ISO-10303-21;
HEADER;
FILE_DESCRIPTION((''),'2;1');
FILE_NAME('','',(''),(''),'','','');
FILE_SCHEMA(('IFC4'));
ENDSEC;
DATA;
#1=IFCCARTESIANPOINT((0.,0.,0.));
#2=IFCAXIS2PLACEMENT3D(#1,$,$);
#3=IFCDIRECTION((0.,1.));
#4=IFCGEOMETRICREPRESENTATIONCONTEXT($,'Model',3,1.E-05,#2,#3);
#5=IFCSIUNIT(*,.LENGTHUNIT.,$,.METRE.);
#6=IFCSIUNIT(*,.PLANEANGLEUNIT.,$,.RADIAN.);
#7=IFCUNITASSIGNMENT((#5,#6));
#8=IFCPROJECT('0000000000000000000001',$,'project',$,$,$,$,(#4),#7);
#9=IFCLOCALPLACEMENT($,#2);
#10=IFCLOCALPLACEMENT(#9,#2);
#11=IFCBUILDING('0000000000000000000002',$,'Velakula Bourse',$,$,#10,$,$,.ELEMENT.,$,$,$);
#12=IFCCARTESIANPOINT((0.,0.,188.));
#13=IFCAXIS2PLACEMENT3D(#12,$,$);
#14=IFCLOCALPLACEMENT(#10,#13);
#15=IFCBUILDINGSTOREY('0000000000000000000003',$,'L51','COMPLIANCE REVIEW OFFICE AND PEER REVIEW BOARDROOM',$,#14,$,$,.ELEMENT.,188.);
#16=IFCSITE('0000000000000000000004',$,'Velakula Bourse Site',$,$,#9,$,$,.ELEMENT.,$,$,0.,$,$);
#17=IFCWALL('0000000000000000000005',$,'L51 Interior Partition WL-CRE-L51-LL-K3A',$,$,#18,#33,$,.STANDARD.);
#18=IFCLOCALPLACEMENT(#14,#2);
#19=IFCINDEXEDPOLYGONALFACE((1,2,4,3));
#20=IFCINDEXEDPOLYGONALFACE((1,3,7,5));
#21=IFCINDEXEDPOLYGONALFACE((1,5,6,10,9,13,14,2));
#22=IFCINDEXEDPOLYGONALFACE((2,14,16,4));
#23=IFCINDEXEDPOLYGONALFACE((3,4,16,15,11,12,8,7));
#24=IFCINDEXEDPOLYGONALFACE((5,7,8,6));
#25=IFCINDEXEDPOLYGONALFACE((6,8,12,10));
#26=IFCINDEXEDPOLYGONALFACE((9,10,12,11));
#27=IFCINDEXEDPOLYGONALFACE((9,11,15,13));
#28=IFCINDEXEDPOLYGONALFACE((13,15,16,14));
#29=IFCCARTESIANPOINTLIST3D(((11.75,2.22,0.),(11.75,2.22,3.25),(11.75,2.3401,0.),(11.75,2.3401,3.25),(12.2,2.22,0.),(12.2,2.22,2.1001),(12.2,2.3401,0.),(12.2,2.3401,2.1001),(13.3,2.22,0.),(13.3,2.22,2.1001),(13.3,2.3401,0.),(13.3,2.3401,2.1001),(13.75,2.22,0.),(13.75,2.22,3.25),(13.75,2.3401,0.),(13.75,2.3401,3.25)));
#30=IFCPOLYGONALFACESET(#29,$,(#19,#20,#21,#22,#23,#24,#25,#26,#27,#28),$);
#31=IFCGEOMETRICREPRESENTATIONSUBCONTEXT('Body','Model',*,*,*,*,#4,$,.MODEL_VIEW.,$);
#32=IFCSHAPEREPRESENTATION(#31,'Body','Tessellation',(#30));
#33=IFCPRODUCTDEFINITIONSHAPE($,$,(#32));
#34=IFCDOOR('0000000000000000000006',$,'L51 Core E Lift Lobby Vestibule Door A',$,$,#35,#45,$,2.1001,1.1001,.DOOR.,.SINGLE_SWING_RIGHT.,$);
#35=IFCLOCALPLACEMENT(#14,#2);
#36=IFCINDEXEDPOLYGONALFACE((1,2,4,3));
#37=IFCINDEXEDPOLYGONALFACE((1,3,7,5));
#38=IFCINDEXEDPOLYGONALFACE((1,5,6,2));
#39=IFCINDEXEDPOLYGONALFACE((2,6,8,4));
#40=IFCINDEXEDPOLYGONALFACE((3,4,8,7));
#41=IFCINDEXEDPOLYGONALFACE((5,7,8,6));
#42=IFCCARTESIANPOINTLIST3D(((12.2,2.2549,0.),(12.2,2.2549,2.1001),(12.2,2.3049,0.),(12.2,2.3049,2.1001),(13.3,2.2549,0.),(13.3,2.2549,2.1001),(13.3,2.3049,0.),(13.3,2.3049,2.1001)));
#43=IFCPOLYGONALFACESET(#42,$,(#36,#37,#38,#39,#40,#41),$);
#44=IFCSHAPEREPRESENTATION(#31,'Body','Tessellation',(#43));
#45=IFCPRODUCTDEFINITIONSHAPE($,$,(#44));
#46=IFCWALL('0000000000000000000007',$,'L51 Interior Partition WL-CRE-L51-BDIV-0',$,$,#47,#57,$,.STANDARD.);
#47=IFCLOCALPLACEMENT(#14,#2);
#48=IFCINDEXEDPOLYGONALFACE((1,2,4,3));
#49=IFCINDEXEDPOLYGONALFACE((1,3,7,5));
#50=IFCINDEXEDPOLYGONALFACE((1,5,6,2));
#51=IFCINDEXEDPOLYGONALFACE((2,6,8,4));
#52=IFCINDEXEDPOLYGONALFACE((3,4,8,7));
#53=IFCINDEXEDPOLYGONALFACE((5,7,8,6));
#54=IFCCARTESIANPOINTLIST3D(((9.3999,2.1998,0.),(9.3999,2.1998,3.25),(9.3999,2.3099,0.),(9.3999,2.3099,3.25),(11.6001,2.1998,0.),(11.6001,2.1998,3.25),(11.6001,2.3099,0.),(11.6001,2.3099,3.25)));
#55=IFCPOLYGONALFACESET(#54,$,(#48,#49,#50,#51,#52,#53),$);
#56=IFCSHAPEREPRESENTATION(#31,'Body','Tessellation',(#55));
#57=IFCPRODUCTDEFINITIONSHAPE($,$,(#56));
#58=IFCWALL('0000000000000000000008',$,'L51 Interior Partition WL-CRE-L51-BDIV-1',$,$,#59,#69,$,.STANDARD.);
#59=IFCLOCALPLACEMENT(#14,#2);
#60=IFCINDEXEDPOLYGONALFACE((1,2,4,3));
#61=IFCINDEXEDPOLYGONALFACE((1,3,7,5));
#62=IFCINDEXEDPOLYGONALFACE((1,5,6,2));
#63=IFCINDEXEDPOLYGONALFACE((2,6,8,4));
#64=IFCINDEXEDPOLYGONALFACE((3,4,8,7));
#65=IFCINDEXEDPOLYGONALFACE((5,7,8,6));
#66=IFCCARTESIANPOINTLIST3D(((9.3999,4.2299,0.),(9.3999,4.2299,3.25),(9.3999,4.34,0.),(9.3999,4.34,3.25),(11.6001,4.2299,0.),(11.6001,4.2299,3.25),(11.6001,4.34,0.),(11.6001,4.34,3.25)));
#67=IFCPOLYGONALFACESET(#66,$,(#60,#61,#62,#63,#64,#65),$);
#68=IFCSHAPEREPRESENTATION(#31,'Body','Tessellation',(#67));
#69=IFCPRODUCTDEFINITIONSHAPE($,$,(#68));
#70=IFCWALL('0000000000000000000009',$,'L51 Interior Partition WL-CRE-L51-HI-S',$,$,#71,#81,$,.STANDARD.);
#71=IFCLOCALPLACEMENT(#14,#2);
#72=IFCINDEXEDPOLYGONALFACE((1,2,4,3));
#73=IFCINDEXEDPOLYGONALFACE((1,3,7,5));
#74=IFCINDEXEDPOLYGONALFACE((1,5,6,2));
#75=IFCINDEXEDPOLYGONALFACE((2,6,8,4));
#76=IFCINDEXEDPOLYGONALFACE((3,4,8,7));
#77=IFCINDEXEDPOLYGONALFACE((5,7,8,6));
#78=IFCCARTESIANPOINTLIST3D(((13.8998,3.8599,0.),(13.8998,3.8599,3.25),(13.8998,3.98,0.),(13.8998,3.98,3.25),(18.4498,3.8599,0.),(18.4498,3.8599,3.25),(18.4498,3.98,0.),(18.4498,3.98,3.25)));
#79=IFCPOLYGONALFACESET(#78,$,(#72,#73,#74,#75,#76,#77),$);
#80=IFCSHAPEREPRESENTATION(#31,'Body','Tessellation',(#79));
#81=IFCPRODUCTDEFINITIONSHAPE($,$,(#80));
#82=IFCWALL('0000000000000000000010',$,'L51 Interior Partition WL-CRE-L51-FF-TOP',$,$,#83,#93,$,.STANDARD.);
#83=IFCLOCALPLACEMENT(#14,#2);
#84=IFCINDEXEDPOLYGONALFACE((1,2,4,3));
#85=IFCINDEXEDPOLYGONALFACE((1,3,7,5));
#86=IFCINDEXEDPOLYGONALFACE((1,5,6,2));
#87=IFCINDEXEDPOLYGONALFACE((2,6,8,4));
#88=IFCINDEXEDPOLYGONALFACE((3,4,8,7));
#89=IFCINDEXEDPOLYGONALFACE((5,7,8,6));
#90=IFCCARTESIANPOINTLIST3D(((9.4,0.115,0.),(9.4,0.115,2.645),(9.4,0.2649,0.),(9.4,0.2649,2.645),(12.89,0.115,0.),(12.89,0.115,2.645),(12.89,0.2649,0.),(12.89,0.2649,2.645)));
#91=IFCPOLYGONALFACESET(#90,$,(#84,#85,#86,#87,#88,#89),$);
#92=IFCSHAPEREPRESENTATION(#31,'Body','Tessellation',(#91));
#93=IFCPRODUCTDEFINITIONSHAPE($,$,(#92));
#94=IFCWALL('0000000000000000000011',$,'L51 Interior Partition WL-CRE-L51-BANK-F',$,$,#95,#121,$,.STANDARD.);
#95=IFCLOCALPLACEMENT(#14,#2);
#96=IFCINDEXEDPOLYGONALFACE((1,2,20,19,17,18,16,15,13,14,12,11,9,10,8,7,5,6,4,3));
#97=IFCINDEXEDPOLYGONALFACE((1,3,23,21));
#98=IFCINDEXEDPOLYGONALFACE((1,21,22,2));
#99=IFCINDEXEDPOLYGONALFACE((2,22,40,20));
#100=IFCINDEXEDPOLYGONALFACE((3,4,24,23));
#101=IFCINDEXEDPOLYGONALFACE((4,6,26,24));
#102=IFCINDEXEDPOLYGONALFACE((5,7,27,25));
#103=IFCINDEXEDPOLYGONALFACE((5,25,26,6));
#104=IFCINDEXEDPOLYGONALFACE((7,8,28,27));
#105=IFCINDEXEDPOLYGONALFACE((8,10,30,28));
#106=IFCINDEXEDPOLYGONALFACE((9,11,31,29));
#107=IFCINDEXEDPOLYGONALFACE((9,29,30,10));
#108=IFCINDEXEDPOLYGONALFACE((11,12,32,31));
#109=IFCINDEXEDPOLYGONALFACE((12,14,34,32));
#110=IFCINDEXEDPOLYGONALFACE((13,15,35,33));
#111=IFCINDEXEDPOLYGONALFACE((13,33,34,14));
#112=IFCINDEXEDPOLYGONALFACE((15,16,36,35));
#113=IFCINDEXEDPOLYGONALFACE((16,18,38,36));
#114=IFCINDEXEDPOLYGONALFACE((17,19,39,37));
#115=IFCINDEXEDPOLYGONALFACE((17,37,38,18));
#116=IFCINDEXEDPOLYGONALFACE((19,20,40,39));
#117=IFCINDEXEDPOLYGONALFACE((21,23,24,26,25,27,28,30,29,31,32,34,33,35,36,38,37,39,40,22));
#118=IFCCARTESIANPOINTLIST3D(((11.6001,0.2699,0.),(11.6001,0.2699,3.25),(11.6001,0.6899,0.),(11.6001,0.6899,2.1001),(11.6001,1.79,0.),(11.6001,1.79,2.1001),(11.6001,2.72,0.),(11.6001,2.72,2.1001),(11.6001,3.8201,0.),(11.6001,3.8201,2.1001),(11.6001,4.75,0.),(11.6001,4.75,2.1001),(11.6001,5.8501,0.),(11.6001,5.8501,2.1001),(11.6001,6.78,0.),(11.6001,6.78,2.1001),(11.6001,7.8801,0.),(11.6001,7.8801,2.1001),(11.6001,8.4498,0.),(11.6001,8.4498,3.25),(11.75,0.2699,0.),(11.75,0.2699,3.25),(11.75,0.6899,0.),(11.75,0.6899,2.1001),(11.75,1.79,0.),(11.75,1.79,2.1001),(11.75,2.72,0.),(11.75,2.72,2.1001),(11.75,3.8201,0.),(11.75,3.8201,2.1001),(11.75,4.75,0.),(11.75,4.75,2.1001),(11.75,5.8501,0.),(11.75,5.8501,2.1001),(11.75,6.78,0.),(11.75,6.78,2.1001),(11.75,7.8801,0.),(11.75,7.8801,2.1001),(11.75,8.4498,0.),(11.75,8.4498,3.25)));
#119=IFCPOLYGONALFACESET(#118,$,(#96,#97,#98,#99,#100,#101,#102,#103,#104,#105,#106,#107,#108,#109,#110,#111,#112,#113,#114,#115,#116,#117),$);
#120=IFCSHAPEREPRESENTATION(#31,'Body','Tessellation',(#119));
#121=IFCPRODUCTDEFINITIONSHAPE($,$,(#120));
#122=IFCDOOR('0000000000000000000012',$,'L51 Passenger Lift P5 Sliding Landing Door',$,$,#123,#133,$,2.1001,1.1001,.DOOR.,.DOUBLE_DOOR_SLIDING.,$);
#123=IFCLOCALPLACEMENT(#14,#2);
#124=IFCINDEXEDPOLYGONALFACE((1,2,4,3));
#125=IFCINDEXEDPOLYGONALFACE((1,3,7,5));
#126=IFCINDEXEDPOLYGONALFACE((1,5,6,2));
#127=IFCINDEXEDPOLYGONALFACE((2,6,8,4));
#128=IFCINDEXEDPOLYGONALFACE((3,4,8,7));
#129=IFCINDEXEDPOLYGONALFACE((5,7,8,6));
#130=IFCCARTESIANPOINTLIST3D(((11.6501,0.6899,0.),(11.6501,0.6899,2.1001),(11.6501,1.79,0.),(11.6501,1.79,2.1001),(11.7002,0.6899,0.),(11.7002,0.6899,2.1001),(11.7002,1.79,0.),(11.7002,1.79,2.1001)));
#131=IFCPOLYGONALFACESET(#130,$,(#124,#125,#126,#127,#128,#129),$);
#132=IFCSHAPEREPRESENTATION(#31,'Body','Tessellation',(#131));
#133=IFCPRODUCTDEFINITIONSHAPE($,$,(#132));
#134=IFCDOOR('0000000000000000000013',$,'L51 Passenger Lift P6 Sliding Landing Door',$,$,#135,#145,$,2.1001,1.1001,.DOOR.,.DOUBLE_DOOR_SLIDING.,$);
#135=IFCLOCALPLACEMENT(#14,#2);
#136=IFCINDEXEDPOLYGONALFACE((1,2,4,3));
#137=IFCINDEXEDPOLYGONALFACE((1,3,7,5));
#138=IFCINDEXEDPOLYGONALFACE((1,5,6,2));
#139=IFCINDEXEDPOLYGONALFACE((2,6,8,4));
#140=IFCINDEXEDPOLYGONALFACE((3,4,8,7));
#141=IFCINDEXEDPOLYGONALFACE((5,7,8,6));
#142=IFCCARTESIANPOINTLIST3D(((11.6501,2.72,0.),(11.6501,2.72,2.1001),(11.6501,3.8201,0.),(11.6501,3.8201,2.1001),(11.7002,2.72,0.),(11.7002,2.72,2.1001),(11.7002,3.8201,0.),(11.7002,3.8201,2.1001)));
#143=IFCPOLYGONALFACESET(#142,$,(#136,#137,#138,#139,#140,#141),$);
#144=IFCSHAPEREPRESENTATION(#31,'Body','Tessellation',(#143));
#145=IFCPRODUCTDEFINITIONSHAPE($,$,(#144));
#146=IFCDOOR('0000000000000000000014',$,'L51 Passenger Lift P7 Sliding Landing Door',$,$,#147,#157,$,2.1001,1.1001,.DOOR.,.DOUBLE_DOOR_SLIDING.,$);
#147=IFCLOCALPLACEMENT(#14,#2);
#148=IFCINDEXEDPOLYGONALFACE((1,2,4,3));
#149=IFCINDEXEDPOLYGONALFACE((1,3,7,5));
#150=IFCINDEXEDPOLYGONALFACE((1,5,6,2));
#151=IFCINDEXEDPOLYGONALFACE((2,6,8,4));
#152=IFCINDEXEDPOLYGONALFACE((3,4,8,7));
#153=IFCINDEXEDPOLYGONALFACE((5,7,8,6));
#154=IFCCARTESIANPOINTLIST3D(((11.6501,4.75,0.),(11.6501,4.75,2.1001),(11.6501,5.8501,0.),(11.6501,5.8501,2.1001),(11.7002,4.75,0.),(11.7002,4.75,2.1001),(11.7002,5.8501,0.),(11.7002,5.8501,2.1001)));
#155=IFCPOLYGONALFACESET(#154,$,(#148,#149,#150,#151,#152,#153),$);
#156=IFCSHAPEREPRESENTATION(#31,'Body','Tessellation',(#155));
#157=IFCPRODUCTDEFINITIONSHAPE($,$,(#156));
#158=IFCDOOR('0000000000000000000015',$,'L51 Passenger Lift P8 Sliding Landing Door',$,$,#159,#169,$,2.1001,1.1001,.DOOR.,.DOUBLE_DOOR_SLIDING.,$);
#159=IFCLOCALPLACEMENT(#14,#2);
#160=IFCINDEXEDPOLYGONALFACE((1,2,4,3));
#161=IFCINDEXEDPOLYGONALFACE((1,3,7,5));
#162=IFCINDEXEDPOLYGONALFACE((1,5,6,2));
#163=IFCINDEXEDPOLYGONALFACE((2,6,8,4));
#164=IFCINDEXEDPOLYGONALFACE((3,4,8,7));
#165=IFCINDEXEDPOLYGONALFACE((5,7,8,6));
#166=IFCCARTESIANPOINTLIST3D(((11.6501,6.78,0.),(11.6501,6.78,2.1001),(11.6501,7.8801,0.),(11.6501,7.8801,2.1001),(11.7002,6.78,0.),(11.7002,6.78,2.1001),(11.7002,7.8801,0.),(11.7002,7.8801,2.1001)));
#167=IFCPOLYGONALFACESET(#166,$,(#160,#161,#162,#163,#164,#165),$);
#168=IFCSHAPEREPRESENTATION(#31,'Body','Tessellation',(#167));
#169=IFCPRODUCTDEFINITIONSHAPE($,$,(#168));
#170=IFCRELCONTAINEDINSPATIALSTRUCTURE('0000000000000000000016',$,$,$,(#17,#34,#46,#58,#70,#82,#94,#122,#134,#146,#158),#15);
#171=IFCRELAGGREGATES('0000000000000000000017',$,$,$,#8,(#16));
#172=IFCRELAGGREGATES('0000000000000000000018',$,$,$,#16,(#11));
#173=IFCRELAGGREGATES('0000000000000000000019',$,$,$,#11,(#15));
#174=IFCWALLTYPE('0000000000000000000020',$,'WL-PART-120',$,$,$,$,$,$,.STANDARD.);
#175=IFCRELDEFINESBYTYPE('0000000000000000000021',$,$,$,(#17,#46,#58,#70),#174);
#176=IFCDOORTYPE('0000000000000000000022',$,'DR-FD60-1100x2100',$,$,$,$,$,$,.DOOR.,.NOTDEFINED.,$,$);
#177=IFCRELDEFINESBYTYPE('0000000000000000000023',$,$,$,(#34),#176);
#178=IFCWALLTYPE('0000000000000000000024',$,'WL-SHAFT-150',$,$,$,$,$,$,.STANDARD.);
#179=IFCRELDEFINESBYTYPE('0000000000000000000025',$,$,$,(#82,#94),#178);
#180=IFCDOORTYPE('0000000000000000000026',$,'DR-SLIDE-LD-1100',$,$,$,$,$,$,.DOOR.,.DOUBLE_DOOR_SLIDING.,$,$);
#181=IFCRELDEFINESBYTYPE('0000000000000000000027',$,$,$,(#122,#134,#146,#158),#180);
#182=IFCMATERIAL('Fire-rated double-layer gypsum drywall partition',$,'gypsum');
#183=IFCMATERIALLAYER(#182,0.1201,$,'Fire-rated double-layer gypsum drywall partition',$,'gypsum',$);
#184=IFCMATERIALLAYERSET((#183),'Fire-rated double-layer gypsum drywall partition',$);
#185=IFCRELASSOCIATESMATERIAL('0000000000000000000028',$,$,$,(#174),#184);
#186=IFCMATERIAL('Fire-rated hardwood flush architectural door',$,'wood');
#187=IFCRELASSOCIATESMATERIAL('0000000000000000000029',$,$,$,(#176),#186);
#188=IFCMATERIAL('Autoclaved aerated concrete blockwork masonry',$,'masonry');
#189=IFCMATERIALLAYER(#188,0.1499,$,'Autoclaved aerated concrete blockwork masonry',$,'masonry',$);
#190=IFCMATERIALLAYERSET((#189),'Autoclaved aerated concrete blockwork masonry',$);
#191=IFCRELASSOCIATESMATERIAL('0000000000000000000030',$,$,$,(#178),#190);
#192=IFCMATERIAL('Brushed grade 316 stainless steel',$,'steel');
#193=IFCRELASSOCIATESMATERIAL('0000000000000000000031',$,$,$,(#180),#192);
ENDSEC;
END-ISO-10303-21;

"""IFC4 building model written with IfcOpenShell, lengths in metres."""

from ifc_helpers import new_model, si_unit, direction, frame, frame_2d, origin, place, context, subcontext, project, spatial, rectangle, extrude, material, layer, layer_set, type_object, element, fill, save


model = new_model("IFC4")

# Units and contexts
model_context = context("Model", 3, precision=1e-05, world=origin(), true_north=direction((0.0, 1.0)))
body_context = subcontext(model_context, "Body", "Model", "MODEL_VIEW")
ifc_project = project(units=[si_unit("LENGTHUNIT", "METRE"), si_unit("PLANEANGLEUNIT", "RADIAN")], contexts=[model_context])

# Site, building, storey
site_placement = place(None, origin())
site = spatial("IfcSite", under=ifc_project, at=site_placement, Name="Velakula Bourse Site", CompositionType="ELEMENT", RefElevation=0.0)
building_placement = place(site_placement, origin())
building = spatial("IfcBuilding", under=site, at=building_placement, Name="Velakula Bourse", CompositionType="ELEMENT")
storey_placement = place(building_placement, frame((0.0, 0.0, 188.0)))
storey = spatial("IfcBuildingStorey", under=building, at=storey_placement, Name="L51", Description="COMPLIANCE REVIEW OFFICE AND PEER REVIEW BOARDROOM", CompositionType="ELEMENT", Elevation=188.0)

# Wall, opening, door
ifc_material_1 = material(Name="Fire-rated double-layer gypsum drywall partition", Category="gypsum")
ifc_layer_1 = layer(ifc_material_1, 0.1201, Name="Fire-rated double-layer gypsum drywall partition", Category="gypsum")
ifc_layer_set_1 = layer_set([ifc_layer_1], Name="Fire-rated double-layer gypsum drywall partition")
wall_type_1 = type_object("IfcWallType", Name="WL-PART-120", PredefinedType="STANDARD", material=ifc_layer_set_1)
wall_1_placement = place(storey_placement, frame((11.75, 2.28, 0.0), z_axis=(0.0, 0.0, 1.0), x_axis=(1.0, 0.0, 0.0)))
wall_1 = element("IfcWall", 1, at=wall_1_placement, inside=storey, type_object=wall_type_1, Name="L51 Interior Partition WL-CRE-L51-LL-K3A", PredefinedType="STANDARD", context=body_context, shape_type="SweptSolid", body=[
    extrude(rectangle(XDim=2.0, YDim=0.1201, at=frame_2d((1.0, 0.0))), origin(), (0.0, 0.0, 1.0), 3.25),
])
opening_1_placement = place(wall_1_placement, frame((0.45, 0.0, 0.0)))
opening_1 = element("IfcOpeningElement", 2, at=opening_1_placement, cuts=wall_1, PredefinedType="OPENING", context=body_context, shape_type="SweptSolid", body=[
    extrude(rectangle(XDim=1.1001, YDim=2.1001, at=frame_2d((0.55, 1.05))), frame((0.0, 0.0701, 0.0), z_axis=(0.0, -1.0, 0.0), x_axis=(1.0, 0.0, 0.0)), (0.0, 0.0, 1.0), 0.1401),
])
ifc_material_2 = material(Name="Fire-rated hardwood flush architectural door", Category="wood")
door_type_1 = type_object("IfcDoorType", Name="DR-FD60-1100x2100", OperationType="NOTDEFINED", PredefinedType="DOOR", material=ifc_material_2)
door_1_placement = place(opening_1_placement, origin())
door_1 = element("IfcDoor", 3, at=door_1_placement, inside=storey, type_object=door_type_1, Name="L51 Core E Lift Lobby Vestibule Door A", OperationType="SINGLE_SWING_RIGHT", OverallHeight=2.1001, OverallWidth=1.1001, PredefinedType="DOOR", context=body_context, shape_type="SweptSolid", body=[
    extrude(rectangle(XDim=1.1001, YDim=2.1001, at=frame_2d((0.55, 1.05))), frame((0.0, 0.0249, 0.0), z_axis=(0.0, -1.0, 0.0), x_axis=(1.0, 0.0, 0.0)), (0.0, 0.0, 1.0), 0.05),
])
fill(opening_1, door_1)

# Walls
for number, where, z_axis, x_axis, name in (
    (4, (9.3999, 2.2549, 0.0), (0.0, 0.0, 1.0), (1.0, 0.0, 0.0), "L51 Interior Partition WL-CRE-L51-BDIV-0"),
    (5, (9.3999, 4.2849, 0.0), (0.0, 0.0, 1.0), (1.0, 0.0, 0.0), "L51 Interior Partition WL-CRE-L51-BDIV-1"),
):
    element("IfcWall", number, at=place(storey_placement, frame(where, z_axis=z_axis, x_axis=x_axis)), inside=storey, type_object=wall_type_1, Name=name, PredefinedType="STANDARD", context=body_context, shape_type="SweptSolid", body=[
        extrude(rectangle(XDim=2.2002, YDim=0.1101, at=frame_2d((1.1001, 0.0))), origin(), (0.0, 0.0, 1.0), 3.25),
    ])
wall_2_placement = place(storey_placement, frame((13.8999, 3.9199, 0.0), z_axis=(0.0, 0.0, 1.0), x_axis=(1.0, 0.0, 0.0)))
element("IfcWall", 6, at=wall_2_placement, inside=storey, type_object=wall_type_1, Name="L51 Interior Partition WL-CRE-L51-HI-S", PredefinedType="STANDARD", context=body_context, shape_type="SweptSolid", body=[
    extrude(rectangle(XDim=4.55, YDim=0.1201, at=frame_2d((2.2749, 0.0))), origin(), (0.0, 0.0, 1.0), 3.25),
])
ifc_material_3 = material(Name="Autoclaved aerated concrete blockwork masonry", Category="masonry")
ifc_layer_2 = layer(ifc_material_3, 0.1499, Name="Autoclaved aerated concrete blockwork masonry", Category="masonry")
ifc_layer_set_2 = layer_set([ifc_layer_2], Name="Autoclaved aerated concrete blockwork masonry")
wall_type_2 = type_object("IfcWallType", Name="WL-SHAFT-150", PredefinedType="STANDARD", material=ifc_layer_set_2)
wall_3_placement = place(storey_placement, frame((9.3999, 0.1899, 0.0), z_axis=(0.0, 0.0, 1.0), x_axis=(1.0, 0.0, 0.0)))
element("IfcWall", 7, at=wall_3_placement, inside=storey, type_object=wall_type_2, Name="L51 Interior Partition WL-CRE-L51-FF-TOP", PredefinedType="STANDARD", context=body_context, shape_type="SweptSolid", body=[
    extrude(rectangle(XDim=3.49, YDim=0.1499, at=frame_2d((1.7451, 0.0))), origin(), (0.0, 0.0, 1.0), 2.645),
])

# Wall, openings, doors
wall_4_placement = place(storey_placement, frame((11.675, 0.27, 0.0), z_axis=(0.0, 0.0, 1.0), x_axis=(0.0, 1.0, 0.0)))
wall_4 = element("IfcWall", 8, at=wall_4_placement, inside=storey, type_object=wall_type_2, Name="L51 Interior Partition WL-CRE-L51-BANK-F", PredefinedType="STANDARD", context=body_context, shape_type="SweptSolid", body=[
    extrude(rectangle(XDim=8.1799, YDim=0.1499, at=frame_2d((4.0898, 0.0))), origin(), (0.0, 0.0, 1.0), 3.25),
])
opening_2_placement = place(wall_4_placement, frame((0.4199, 0.0, 0.0)))
opening_2 = element("IfcOpeningElement", 9, at=opening_2_placement, cuts=wall_4, PredefinedType="OPENING", context=body_context, shape_type="SweptSolid", body=[
    extrude(rectangle(XDim=1.1001, YDim=2.1001, at=frame_2d((0.55, 1.05))), frame((0.0, 0.085, 0.0), z_axis=(0.0, -1.0, 0.0), x_axis=(1.0, 0.0, 0.0)), (0.0, 0.0, 1.0), 0.1699),
])
opening_3_placement = place(wall_4_placement, frame((2.45, 0.0, 0.0)))
opening_3 = element("IfcOpeningElement", 10, at=opening_3_placement, cuts=wall_4, PredefinedType="OPENING", context=body_context, shape_type="SweptSolid", body=[
    extrude(rectangle(XDim=1.1001, YDim=2.1001, at=frame_2d((0.55, 1.05))), frame((0.0, 0.085, 0.0), z_axis=(0.0, -1.0, 0.0), x_axis=(1.0, 0.0, 0.0)), (0.0, 0.0, 1.0), 0.1699),
])
opening_4_placement = place(wall_4_placement, frame((4.48, 0.0, 0.0)))
opening_4 = element("IfcOpeningElement", 11, at=opening_4_placement, cuts=wall_4, PredefinedType="OPENING", context=body_context, shape_type="SweptSolid", body=[
    extrude(rectangle(XDim=1.1001, YDim=2.1001, at=frame_2d((0.55, 1.05))), frame((0.0, 0.085, 0.0), z_axis=(0.0, -1.0, 0.0), x_axis=(1.0, 0.0, 0.0)), (0.0, 0.0, 1.0), 0.1699),
])
opening_5_placement = place(wall_4_placement, frame((6.51, 0.0, 0.0)))
opening_5 = element("IfcOpeningElement", 12, at=opening_5_placement, cuts=wall_4, PredefinedType="OPENING", context=body_context, shape_type="SweptSolid", body=[
    extrude(rectangle(XDim=1.1001, YDim=2.1001, at=frame_2d((0.55, 1.05))), frame((0.0, 0.085, 0.0), z_axis=(0.0, -1.0, 0.0), x_axis=(1.0, 0.0, 0.0)), (0.0, 0.0, 1.0), 0.1699),
])
ifc_material_4 = material(Name="Brushed grade 316 stainless steel", Category="steel")
door_type_2 = type_object("IfcDoorType", Name="DR-SLIDE-LD-1100", OperationType="DOUBLE_DOOR_SLIDING", PredefinedType="DOOR", material=ifc_material_4)
door_2_placement = place(opening_2_placement, origin())
door_2 = element("IfcDoor", 13, at=door_2_placement, inside=storey, type_object=door_type_2, Name="L51 Passenger Lift P5 Sliding Landing Door", OperationType="DOUBLE_DOOR_SLIDING", OverallHeight=2.1001, OverallWidth=1.1001, PredefinedType="DOOR", context=body_context, shape_type="SweptSolid", body=[
    extrude(rectangle(XDim=1.1001, YDim=2.1001, at=frame_2d((0.55, 1.05))), frame((0.0, 0.0249, 0.0), z_axis=(0.0, -1.0, 0.0), x_axis=(1.0, 0.0, 0.0)), (0.0, 0.0, 1.0), 0.05),
])
fill(opening_2, door_2)
door_3_placement = place(opening_3_placement, origin())
door_3 = element("IfcDoor", 14, at=door_3_placement, inside=storey, type_object=door_type_2, Name="L51 Passenger Lift P6 Sliding Landing Door", OperationType="DOUBLE_DOOR_SLIDING", OverallHeight=2.1001, OverallWidth=1.1001, PredefinedType="DOOR", context=body_context, shape_type="SweptSolid", body=[
    extrude(rectangle(XDim=1.1001, YDim=2.1001, at=frame_2d((0.55, 1.05))), frame((0.0, 0.0249, 0.0), z_axis=(0.0, -1.0, 0.0), x_axis=(1.0, 0.0, 0.0)), (0.0, 0.0, 1.0), 0.05),
])
fill(opening_3, door_3)
door_4_placement = place(opening_4_placement, origin())
door_4 = element("IfcDoor", 15, at=door_4_placement, inside=storey, type_object=door_type_2, Name="L51 Passenger Lift P7 Sliding Landing Door", OperationType="DOUBLE_DOOR_SLIDING", OverallHeight=2.1001, OverallWidth=1.1001, PredefinedType="DOOR", context=body_context, shape_type="SweptSolid", body=[
    extrude(rectangle(XDim=1.1001, YDim=2.1001, at=frame_2d((0.55, 1.05))), frame((0.0, 0.0249, 0.0), z_axis=(0.0, -1.0, 0.0), x_axis=(1.0, 0.0, 0.0)), (0.0, 0.0, 1.0), 0.05),
])
fill(opening_4, door_4)
door_5_placement = place(opening_5_placement, origin())
door_5 = element("IfcDoor", 16, at=door_5_placement, inside=storey, type_object=door_type_2, Name="L51 Passenger Lift P8 Sliding Landing Door", OperationType="DOUBLE_DOOR_SLIDING", OverallHeight=2.1001, OverallWidth=1.1001, PredefinedType="DOOR", context=body_context, shape_type="SweptSolid", body=[
    extrude(rectangle(XDim=1.1001, YDim=2.1001, at=frame_2d((0.55, 1.05))), frame((0.0, 0.0249, 0.0), z_axis=(0.0, -1.0, 0.0), x_axis=(1.0, 0.0, 0.0)), (0.0, 0.0, 1.0), 0.05),
])
fill(opening_5, door_5)

save(model, "model.ifc")
